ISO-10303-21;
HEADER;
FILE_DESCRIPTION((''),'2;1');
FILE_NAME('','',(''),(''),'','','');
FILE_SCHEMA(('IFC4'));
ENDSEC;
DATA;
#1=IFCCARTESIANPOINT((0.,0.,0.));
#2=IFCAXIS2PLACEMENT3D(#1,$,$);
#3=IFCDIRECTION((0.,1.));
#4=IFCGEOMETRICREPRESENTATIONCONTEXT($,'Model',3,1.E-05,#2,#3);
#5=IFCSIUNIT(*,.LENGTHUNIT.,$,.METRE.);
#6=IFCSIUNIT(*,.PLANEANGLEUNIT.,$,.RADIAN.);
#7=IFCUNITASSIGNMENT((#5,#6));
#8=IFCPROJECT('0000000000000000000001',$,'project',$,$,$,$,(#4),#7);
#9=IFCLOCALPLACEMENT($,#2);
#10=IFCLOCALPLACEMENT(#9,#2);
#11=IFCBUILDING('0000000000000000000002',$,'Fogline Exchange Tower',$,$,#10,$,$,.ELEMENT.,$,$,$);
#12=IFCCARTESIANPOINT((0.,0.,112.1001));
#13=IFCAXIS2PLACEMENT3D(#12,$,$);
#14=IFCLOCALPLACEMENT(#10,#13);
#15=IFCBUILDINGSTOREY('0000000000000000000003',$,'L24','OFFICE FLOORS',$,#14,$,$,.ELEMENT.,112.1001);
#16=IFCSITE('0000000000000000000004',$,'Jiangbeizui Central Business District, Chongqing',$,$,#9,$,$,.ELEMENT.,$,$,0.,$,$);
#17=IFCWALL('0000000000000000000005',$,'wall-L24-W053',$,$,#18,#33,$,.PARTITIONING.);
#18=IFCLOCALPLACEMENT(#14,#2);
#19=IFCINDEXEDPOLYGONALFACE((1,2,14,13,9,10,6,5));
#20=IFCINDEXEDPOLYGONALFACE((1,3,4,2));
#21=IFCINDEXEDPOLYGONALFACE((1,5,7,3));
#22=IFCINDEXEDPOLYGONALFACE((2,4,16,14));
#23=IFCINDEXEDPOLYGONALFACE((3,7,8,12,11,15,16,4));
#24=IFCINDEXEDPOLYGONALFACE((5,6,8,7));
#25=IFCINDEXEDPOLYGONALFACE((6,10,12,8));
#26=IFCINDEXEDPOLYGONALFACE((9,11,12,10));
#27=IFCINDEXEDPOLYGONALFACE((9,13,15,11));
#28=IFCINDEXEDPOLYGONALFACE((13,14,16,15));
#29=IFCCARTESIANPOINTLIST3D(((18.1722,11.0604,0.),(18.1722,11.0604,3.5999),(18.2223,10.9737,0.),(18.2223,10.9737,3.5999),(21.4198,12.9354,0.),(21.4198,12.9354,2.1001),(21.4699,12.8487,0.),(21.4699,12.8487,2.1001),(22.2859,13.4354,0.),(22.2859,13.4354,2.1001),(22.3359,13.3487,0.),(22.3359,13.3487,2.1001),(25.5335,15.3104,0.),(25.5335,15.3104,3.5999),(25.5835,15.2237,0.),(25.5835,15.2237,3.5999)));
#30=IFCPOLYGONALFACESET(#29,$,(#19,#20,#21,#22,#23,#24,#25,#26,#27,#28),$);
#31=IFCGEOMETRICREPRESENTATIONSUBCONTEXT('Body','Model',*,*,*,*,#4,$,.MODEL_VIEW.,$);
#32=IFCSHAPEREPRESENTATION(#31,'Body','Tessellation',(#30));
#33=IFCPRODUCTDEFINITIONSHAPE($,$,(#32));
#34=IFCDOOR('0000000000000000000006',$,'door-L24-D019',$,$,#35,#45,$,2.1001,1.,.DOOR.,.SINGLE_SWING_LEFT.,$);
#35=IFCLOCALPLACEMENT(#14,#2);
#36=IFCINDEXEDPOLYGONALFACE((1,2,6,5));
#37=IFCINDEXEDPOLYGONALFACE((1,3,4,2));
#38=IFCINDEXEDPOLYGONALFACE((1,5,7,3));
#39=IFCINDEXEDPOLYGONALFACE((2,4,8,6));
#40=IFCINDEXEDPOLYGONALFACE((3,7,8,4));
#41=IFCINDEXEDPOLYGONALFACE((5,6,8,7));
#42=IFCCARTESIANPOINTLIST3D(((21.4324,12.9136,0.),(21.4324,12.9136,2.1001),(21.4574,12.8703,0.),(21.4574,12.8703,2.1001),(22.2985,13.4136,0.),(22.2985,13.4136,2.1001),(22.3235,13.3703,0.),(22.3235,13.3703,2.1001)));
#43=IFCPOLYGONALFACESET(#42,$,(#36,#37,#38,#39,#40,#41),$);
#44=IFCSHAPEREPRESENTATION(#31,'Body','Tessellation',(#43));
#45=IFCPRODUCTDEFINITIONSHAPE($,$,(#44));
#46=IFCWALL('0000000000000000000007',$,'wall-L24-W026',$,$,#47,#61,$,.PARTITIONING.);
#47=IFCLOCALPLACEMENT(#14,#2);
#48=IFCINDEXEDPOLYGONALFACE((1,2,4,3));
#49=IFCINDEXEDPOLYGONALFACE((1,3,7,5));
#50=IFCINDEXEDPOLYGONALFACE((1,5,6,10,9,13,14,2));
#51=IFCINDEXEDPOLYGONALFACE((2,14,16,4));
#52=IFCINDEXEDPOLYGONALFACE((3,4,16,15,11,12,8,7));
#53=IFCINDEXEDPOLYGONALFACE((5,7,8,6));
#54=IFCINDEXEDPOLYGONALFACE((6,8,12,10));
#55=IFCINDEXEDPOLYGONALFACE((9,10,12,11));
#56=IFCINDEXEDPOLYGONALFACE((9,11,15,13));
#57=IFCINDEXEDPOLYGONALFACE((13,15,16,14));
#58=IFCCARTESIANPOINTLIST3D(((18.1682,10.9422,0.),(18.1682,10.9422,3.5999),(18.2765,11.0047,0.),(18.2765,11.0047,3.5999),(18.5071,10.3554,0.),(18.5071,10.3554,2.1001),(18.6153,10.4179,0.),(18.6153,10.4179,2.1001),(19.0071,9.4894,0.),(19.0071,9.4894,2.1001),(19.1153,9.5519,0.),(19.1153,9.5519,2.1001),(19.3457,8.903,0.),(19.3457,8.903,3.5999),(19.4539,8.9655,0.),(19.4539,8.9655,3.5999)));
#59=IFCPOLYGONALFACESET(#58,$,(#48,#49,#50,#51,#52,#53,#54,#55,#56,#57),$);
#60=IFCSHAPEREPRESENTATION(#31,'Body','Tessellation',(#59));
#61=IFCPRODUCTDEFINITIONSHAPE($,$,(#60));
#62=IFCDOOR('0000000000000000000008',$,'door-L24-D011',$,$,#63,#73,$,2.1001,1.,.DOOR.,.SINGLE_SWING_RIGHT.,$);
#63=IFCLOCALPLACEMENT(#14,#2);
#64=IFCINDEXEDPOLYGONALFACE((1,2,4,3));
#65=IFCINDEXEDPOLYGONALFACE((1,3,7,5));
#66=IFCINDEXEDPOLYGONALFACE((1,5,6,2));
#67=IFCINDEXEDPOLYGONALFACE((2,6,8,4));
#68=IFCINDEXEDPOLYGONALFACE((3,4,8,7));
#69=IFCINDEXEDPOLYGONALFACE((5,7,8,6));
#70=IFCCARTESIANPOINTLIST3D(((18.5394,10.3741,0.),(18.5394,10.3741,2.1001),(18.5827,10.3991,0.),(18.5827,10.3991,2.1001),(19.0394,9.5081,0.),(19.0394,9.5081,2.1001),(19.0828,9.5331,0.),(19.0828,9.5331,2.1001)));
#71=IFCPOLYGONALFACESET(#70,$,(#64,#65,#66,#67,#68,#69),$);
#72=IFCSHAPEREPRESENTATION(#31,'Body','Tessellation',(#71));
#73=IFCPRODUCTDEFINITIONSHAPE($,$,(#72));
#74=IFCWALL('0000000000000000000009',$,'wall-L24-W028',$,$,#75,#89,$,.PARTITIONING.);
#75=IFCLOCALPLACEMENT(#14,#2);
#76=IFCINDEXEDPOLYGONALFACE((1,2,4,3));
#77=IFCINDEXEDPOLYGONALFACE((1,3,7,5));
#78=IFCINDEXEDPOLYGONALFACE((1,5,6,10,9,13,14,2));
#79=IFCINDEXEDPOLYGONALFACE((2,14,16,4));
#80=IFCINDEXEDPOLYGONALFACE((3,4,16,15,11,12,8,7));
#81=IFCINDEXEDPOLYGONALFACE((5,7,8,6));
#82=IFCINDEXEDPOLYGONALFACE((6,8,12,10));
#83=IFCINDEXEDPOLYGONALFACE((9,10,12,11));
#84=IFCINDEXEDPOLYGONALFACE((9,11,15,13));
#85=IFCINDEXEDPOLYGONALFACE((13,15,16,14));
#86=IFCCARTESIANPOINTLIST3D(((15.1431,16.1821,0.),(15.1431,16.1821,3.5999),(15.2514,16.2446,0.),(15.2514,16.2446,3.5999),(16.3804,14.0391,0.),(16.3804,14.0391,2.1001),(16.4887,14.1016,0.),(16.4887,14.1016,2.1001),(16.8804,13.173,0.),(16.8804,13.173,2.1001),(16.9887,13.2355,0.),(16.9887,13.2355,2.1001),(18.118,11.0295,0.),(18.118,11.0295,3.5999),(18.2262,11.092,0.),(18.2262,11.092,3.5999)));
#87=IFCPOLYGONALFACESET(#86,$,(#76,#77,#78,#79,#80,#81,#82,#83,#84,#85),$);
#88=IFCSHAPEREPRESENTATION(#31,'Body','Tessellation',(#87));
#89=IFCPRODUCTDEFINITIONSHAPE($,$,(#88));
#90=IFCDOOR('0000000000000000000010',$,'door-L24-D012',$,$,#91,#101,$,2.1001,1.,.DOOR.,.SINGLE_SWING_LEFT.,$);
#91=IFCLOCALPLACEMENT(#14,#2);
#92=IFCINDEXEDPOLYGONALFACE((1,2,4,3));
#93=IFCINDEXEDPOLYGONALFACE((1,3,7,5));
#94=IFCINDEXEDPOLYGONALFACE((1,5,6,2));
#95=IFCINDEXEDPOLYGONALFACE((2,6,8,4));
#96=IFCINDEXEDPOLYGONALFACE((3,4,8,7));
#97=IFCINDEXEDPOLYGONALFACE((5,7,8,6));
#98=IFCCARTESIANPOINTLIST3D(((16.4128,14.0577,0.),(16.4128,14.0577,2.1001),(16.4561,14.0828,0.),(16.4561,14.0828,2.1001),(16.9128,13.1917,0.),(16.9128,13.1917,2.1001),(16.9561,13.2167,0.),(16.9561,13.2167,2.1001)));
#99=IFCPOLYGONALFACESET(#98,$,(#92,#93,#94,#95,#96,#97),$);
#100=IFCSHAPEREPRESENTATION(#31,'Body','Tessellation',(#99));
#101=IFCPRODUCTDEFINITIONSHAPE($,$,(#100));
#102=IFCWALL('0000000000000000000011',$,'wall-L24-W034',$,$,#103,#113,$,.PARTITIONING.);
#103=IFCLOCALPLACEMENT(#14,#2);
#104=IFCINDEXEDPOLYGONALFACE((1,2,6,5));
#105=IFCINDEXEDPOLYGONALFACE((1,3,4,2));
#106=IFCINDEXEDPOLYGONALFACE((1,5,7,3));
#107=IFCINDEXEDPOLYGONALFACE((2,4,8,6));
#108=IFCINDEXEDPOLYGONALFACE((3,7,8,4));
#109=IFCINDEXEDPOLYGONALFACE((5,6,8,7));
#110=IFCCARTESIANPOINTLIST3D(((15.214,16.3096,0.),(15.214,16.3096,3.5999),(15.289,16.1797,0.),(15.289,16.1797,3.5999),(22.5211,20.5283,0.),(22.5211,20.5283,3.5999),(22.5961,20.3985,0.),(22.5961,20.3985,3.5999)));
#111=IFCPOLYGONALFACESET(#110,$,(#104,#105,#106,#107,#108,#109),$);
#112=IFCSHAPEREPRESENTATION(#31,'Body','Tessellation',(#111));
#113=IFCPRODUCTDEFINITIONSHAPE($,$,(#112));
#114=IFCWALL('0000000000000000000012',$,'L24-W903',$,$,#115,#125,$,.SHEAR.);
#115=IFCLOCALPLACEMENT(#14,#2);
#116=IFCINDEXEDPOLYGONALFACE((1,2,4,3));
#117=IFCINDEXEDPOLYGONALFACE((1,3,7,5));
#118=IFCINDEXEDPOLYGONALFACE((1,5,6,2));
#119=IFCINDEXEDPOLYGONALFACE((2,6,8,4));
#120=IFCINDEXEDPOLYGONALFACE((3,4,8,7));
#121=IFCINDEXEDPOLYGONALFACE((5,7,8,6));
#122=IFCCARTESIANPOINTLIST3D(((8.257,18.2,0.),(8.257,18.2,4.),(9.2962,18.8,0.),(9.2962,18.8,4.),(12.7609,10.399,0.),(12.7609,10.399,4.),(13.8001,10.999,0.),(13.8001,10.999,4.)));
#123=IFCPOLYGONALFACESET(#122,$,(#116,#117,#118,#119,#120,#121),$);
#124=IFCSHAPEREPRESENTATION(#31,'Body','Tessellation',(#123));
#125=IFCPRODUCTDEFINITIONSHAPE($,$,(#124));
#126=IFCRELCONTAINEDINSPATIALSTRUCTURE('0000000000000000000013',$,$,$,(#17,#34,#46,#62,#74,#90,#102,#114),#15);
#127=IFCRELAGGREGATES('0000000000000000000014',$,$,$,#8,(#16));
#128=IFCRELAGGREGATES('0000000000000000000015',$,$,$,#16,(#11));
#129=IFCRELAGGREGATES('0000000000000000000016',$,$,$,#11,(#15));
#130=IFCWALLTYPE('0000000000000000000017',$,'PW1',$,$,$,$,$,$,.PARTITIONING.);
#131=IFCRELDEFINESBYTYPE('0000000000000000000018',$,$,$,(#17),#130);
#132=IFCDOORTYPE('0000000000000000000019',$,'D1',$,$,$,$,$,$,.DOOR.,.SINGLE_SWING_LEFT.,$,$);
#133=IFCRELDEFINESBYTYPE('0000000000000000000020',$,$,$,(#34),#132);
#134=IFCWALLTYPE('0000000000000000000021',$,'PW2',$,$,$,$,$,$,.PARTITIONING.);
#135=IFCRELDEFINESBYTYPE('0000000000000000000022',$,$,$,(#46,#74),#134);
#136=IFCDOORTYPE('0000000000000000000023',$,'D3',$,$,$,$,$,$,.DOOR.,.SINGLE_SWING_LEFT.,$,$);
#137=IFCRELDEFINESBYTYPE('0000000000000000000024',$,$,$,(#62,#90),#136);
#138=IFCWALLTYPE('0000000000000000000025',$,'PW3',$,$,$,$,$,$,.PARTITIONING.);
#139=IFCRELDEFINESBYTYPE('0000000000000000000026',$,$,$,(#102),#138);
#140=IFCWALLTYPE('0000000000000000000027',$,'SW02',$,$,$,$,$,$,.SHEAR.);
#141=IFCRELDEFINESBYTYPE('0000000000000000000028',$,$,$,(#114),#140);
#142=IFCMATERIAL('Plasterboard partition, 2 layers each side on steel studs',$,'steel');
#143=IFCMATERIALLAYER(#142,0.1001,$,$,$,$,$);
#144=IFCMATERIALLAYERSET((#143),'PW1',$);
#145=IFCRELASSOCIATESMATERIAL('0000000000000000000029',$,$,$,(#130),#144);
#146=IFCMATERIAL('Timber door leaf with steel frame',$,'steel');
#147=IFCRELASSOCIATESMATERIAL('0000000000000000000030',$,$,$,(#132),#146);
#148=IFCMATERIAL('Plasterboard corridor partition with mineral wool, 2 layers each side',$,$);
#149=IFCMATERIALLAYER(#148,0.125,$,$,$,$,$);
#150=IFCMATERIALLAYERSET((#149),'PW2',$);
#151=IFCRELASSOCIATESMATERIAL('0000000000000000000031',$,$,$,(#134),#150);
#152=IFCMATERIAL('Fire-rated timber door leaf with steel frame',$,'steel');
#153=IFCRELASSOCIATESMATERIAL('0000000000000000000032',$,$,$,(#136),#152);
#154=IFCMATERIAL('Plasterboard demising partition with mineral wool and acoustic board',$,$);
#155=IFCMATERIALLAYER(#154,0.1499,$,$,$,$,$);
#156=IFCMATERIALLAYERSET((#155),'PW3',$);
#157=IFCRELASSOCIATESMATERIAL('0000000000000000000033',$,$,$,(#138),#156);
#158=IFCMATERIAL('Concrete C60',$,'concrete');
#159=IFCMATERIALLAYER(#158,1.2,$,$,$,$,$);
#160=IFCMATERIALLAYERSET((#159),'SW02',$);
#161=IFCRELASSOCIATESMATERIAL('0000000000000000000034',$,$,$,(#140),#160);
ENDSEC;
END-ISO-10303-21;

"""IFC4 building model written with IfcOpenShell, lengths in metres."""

from ifc_helpers import new_model, si_unit, direction, frame, frame_2d, origin, place, context, subcontext, project, spatial, rectangle, extrude, material, layer, layer_set, type_object, element, fill, save


model = new_model("IFC4")

# Units and contexts
model_context = context("Model", 3, precision=1e-05, world=origin(), true_north=direction((0.0, 1.0)))
body_context = subcontext(model_context, "Body", "Model", "MODEL_VIEW")
ifc_project = project(units=[si_unit("LENGTHUNIT", "METRE"), si_unit("PLANEANGLEUNIT", "RADIAN")], contexts=[model_context])

# Site, building, storey
site_placement = place(None, origin())
site = spatial("IfcSite", under=ifc_project, at=site_placement, Name="Jiangbeizui Central Business District, Chongqing", CompositionType="ELEMENT", RefElevation=0.0)
building_placement = place(site_placement, origin())
building = spatial("IfcBuilding", under=site, at=building_placement, Name="Fogline Exchange Tower", CompositionType="ELEMENT")
storey_placement = place(building_placement, frame((0.0, 0.0, 112.1001)))
storey = spatial("IfcBuildingStorey", under=building, at=storey_placement, Name="L24", Description="OFFICE FLOORS", CompositionType="ELEMENT", Elevation=112.1001)

# Walls, openings, doors
ifc_material_1 = material(Name="Plasterboard partition, 2 layers each side on steel studs", Category="steel")
ifc_layer_1 = layer(ifc_material_1, 0.1001)
ifc_layer_set_1 = layer_set([ifc_layer_1], Name="PW1")
wall_type_1 = type_object("IfcWallType", Name="PW1", PredefinedType="PARTITIONING", material=ifc_layer_set_1)
ifc_material_2 = material(Name="Timber door leaf with steel frame", Category="steel")
door_type_1 = type_object("IfcDoorType", Name="D1", OperationType="SINGLE_SWING_LEFT", PredefinedType="DOOR", material=ifc_material_2)
wall_1_placement = place(storey_placement, frame((18.1973, 11.0171, 0.0), z_axis=(0.0, 0.0, 1.0), x_axis=(0.866029, 0.499994, 0.0)))
wall_1 = element("IfcWall", 1, at=wall_1_placement, inside=storey, type_object=wall_type_1, Name="wall-L24-W053", PredefinedType="PARTITIONING", context=body_context, shape_type="SweptSolid", body=[
    extrude(rectangle(XDim=8.5, YDim=0.1001, at=frame_2d((4.25, 0.0))), origin(), (0.0, 0.0, 1.0), 3.5999),
])
opening_1_placement = place(wall_1_placement, frame((3.75, 0.0, 0.0)))
opening_1 = element("IfcOpeningElement", 2, at=opening_1_placement, cuts=wall_1, PredefinedType="OPENING", context=body_context, shape_type="SweptSolid", body=[
    extrude(rectangle(XDim=1.0, YDim=2.1001, at=frame_2d((0.5, 1.05))), frame((0.0, 0.0601, 0.0), z_axis=(0.0, -1.0, 0.0), x_axis=(1.0, 0.0, 0.0)), (0.0, 0.0, 1.0), 0.1201),
])
door_1_placement = place(opening_1_placement, origin())
door_1 = element("IfcDoor", 3, at=door_1_placement, inside=storey, type_object=door_type_1, Name="door-L24-D019", OperationType="SINGLE_SWING_LEFT", OverallHeight=2.1001, OverallWidth=1.0, PredefinedType="DOOR", context=body_context, shape_type="SweptSolid", body=[
    extrude(rectangle(XDim=1.0, YDim=2.1001, at=frame_2d((0.5, 1.05))), frame((0.0, 0.0249, 0.0), z_axis=(0.0, -1.0, 0.0), x_axis=(1.0, 0.0, 0.0)), (0.0, 0.0, 1.0), 0.05),
])
fill(opening_1, door_1)
ifc_material_3 = material(Name="Plasterboard corridor partition with mineral wool, 2 layers each side")
ifc_layer_2 = layer(ifc_material_3, 0.125)
ifc_layer_set_2 = layer_set([ifc_layer_2], Name="PW2")
wall_type_2 = type_object("IfcWallType", Name="PW2", PredefinedType="PARTITIONING", material=ifc_layer_set_2)
wall_2_placement = place(storey_placement, frame((18.2224, 10.9734, 0.0), z_axis=(0.0, 0.0, 1.0), x_axis=(0.500031, -0.866008, 0.0)))
wall_2 = element("IfcWall", 4, at=wall_2_placement, inside=storey, type_object=wall_type_2, Name="wall-L24-W026", PredefinedType="PARTITIONING", context=body_context, shape_type="SweptSolid", body=[
    extrude(rectangle(XDim=2.3547, YDim=0.125, at=frame_2d((1.1772, 0.0))), origin(), (0.0, 0.0, 1.0), 3.5999),
])
opening_2_placement = place(wall_2_placement, frame((0.6775, 0.0, 0.0)))
opening_2 = element("IfcOpeningElement", 5, at=opening_2_placement, cuts=wall_2, PredefinedType="OPENING", context=body_context, shape_type="SweptSolid", body=[
    extrude(rectangle(XDim=1.0, YDim=2.1001, at=frame_2d((0.5, 1.05))), frame((0.0, 0.0725, 0.0), z_axis=(0.0, -1.0, 0.0), x_axis=(1.0, 0.0, 0.0)), (0.0, 0.0, 1.0), 0.145),
])
ifc_material_4 = material(Name="Fire-rated timber door leaf with steel frame", Category="steel")
door_type_2 = type_object("IfcDoorType", Name="D3", OperationType="SINGLE_SWING_LEFT", PredefinedType="DOOR", material=ifc_material_4)
door_2_placement = place(opening_2_placement, origin())
door_2 = element("IfcDoor", 6, at=door_2_placement, inside=storey, type_object=door_type_2, Name="door-L24-D011", OperationType="SINGLE_SWING_RIGHT", OverallHeight=2.1001, OverallWidth=1.0, PredefinedType="DOOR", context=body_context, shape_type="SweptSolid", body=[
    extrude(rectangle(XDim=1.0, YDim=2.1001, at=frame_2d((0.5, 1.05))), frame((0.0, 0.0249, 0.0), z_axis=(0.0, -1.0, 0.0), x_axis=(1.0, 0.0, 0.0)), (0.0, 0.0, 1.0), 0.05),
])
fill(opening_2, door_2)
wall_3_placement = place(storey_placement, frame((15.1973, 16.2134, 0.0), z_axis=(0.0, 0.0, 1.0), x_axis=(0.500001, -0.866025, 0.0)))
wall_3 = element("IfcWall", 7, at=wall_3_placement, inside=storey, type_object=wall_type_2, Name="wall-L24-W028", PredefinedType="PARTITIONING", context=body_context, shape_type="SweptSolid", body=[
    extrude(rectangle(XDim=5.9497, YDim=0.125, at=frame_2d((2.9749, 0.0))), origin(), (0.0, 0.0, 1.0), 3.5999),
])
opening_3_placement = place(wall_3_placement, frame((2.4746, 0.0, 0.0)))
opening_3 = element("IfcOpeningElement", 8, at=opening_3_placement, cuts=wall_3, PredefinedType="OPENING", context=body_context, shape_type="SweptSolid", body=[
    extrude(rectangle(XDim=1.0, YDim=2.1001, at=frame_2d((0.5, 1.05))), frame((0.0, 0.0725, 0.0), z_axis=(0.0, -1.0, 0.0), x_axis=(1.0, 0.0, 0.0)), (0.0, 0.0, 1.0), 0.145),
])
door_3_placement = place(opening_3_placement, origin())
door_3 = element("IfcDoor", 9, at=door_3_placement, inside=storey, type_object=door_type_2, Name="door-L24-D012", OperationType="SINGLE_SWING_LEFT", OverallHeight=2.1001, OverallWidth=1.0, PredefinedType="DOOR", context=body_context, shape_type="SweptSolid", body=[
    extrude(rectangle(XDim=1.0, YDim=2.1001, at=frame_2d((0.5, 1.05))), frame((0.0, 0.0249, 0.0), z_axis=(0.0, -1.0, 0.0), x_axis=(1.0, 0.0, 0.0)), (0.0, 0.0, 1.0), 0.05),
])
fill(opening_3, door_3)

# Walls
ifc_material_5 = material(Name="Plasterboard demising partition with mineral wool and acoustic board")
ifc_layer_3 = layer(ifc_material_5, 0.1499)
ifc_layer_set_3 = layer_set([ifc_layer_3], Name="PW3")
wall_type_3 = type_object("IfcWallType", Name="PW3", PredefinedType="PARTITIONING", material=ifc_layer_set_3)
wall_4_placement = place(storey_placement, frame((22.5586, 20.4634, 0.0), z_axis=(0.0, 0.0, 1.0), x_axis=(-0.866027, -0.499998, 0.0)))
element("IfcWall", 10, at=wall_4_placement, inside=storey, type_object=wall_type_3, Name="wall-L24-W034", PredefinedType="PARTITIONING", context=body_context, shape_type="SweptSolid", body=[
    extrude(rectangle(XDim=8.4375, YDim=0.1499, at=frame_2d((4.2188, 0.0))), origin(), (0.0, 0.0, 1.0), 3.5999),
])
ifc_material_6 = material(Name="Concrete C60", Category="concrete")
ifc_layer_4 = layer(ifc_material_6, 1.2)
ifc_layer_set_4 = layer_set([ifc_layer_4], Name="SW02")
wall_type_4 = type_object("IfcWallType", Name="SW02", PredefinedType="SHEAR", material=ifc_layer_set_4)
wall_5_placement = place(storey_placement, frame((13.2805, 10.699, 0.0), z_axis=(0.0, 0.0, 1.0), x_axis=(-0.499999, 0.866026, 0.0)))
element("IfcWall", 11, at=wall_5_placement, inside=storey, type_object=wall_type_4, Name="L24-W903", PredefinedType="SHEAR", context=body_context, shape_type="SweptSolid", body=[
    extrude(rectangle(XDim=9.0078, YDim=1.2, at=frame_2d((4.5039, 0.0))), origin(), (0.0, 0.0, 1.0), 4.0),
])

save(model, "model.ifc")
